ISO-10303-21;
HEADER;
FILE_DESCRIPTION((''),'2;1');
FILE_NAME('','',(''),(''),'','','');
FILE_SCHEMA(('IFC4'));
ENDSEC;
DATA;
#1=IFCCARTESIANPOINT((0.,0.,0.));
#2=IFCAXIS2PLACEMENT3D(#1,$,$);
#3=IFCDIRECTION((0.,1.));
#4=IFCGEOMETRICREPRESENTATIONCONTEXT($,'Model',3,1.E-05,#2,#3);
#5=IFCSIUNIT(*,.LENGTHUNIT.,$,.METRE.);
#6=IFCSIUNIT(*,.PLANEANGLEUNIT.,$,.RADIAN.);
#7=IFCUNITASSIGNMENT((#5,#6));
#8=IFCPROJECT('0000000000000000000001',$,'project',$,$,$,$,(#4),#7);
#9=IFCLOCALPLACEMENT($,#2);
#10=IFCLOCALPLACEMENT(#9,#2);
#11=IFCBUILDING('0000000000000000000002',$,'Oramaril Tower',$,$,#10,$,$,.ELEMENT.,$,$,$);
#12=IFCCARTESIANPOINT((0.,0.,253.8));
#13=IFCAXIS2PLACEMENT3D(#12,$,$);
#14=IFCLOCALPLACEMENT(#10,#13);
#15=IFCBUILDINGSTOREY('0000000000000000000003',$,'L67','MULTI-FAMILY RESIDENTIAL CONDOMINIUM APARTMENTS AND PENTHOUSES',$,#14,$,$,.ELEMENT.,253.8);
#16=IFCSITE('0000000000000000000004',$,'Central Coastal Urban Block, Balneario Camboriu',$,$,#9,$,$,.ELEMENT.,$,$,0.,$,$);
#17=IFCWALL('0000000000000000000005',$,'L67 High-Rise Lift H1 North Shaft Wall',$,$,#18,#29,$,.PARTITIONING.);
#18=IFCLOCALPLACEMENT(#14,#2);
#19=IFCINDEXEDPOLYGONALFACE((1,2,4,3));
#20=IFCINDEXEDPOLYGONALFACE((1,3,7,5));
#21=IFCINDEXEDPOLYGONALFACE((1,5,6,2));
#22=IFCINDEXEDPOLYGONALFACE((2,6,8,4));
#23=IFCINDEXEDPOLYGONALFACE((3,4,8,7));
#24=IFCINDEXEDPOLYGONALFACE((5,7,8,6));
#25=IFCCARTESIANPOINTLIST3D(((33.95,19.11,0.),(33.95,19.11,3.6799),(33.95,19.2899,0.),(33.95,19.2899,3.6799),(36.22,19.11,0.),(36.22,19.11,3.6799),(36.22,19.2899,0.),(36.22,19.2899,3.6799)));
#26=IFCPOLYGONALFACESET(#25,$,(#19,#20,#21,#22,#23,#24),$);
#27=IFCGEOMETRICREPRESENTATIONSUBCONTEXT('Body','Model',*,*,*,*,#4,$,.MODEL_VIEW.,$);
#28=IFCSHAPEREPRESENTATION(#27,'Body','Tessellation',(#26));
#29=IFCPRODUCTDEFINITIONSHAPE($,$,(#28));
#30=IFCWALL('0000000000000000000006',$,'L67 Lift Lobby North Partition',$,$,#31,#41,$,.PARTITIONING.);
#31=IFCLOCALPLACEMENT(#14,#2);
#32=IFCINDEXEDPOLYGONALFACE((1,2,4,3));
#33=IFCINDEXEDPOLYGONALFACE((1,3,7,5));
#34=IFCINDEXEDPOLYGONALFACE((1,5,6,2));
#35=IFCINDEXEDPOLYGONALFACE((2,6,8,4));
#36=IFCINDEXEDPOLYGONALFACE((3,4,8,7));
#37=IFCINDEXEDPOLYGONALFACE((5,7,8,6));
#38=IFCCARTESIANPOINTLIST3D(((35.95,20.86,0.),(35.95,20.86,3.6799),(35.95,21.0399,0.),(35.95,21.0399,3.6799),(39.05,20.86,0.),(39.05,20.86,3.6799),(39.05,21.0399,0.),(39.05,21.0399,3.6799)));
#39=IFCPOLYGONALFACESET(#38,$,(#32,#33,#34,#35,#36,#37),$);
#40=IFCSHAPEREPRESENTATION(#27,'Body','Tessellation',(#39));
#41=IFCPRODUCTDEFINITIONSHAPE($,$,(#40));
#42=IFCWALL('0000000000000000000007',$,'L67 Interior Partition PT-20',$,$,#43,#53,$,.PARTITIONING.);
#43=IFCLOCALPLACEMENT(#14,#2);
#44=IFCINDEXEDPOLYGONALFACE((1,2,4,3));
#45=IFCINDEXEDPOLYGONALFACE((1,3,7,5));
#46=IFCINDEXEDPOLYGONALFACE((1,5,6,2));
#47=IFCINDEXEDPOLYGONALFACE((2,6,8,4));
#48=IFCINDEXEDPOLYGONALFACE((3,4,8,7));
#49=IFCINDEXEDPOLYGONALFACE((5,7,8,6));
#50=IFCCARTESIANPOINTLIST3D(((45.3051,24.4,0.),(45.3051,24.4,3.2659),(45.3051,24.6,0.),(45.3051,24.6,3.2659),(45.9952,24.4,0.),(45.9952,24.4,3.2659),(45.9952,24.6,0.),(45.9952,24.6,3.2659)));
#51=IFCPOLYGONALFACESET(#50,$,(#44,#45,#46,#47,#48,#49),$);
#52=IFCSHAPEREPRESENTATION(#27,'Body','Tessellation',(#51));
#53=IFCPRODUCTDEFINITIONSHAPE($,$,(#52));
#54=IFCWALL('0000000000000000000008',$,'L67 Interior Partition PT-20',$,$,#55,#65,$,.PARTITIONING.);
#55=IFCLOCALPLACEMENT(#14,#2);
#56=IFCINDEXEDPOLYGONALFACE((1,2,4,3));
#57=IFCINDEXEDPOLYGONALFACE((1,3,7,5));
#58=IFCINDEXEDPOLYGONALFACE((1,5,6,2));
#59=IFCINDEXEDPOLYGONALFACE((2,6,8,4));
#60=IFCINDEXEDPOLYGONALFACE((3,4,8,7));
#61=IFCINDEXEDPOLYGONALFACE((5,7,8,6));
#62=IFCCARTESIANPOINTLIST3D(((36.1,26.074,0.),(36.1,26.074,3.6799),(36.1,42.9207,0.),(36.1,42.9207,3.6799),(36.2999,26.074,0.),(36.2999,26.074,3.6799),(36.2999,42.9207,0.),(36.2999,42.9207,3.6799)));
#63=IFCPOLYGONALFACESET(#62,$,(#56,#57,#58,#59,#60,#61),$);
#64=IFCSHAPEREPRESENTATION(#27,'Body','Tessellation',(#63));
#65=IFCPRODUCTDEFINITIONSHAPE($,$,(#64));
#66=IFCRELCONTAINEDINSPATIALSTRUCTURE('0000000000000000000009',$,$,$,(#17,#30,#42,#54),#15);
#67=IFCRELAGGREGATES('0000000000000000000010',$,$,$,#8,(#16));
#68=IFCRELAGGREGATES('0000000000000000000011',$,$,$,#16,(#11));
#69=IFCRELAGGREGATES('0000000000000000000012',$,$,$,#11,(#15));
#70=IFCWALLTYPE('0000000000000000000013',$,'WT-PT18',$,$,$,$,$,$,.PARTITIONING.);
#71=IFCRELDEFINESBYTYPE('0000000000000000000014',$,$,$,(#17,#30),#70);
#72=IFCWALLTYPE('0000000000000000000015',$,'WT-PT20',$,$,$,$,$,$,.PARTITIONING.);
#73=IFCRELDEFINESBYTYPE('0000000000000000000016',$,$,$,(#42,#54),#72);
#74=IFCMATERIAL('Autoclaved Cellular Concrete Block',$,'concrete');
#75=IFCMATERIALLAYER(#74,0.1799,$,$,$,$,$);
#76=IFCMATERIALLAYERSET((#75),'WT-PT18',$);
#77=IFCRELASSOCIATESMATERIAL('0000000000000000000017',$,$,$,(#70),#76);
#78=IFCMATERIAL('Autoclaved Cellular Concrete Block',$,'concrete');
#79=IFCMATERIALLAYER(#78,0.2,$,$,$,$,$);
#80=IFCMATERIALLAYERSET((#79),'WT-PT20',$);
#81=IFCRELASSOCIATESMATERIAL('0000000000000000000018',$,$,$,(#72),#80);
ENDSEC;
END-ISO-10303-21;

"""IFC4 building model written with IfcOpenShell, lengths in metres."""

from ifc_helpers import new_model, si_unit, direction, frame, frame_2d, origin, place, context, subcontext, project, spatial, rectangle, extrude, material, layer, layer_set, type_object, element, save


model = new_model("IFC4")

# Units and contexts
model_context = context("Model", 3, precision=1e-05, world=origin(), true_north=direction((0.0, 1.0)))
body_context = subcontext(model_context, "Body", "Model", "MODEL_VIEW")
ifc_project = project(units=[si_unit("LENGTHUNIT", "METRE"), si_unit("PLANEANGLEUNIT", "RADIAN")], contexts=[model_context])

# Site, building, storey
site_placement = place(None, origin())
site = spatial("IfcSite", under=ifc_project, at=site_placement, Name="Central Coastal Urban Block, Balneario Camboriu", CompositionType="ELEMENT", RefElevation=0.0)
building_placement = place(site_placement, origin())
building = spatial("IfcBuilding", under=site, at=building_placement, Name="Oramaril Tower", CompositionType="ELEMENT")
storey_placement = place(building_placement, frame((0.0, 0.0, 253.8)))
storey = spatial("IfcBuildingStorey", under=building, at=storey_placement, Name="L67", Description="MULTI-FAMILY RESIDENTIAL CONDOMINIUM APARTMENTS AND PENTHOUSES", CompositionType="ELEMENT", Elevation=253.8)

# Walls
ifc_material_1 = material(Name="Autoclaved Cellular Concrete Block", Category="concrete")
ifc_layer_1 = layer(ifc_material_1, 0.1799)
ifc_layer_set_1 = layer_set([ifc_layer_1], Name="WT-PT18")
wall_type_1 = type_object("IfcWallType", Name="WT-PT18", PredefinedType="PARTITIONING", material=ifc_layer_set_1)
wall_1_placement = place(storey_placement, frame((33.95, 19.2, 0.0), z_axis=(0.0, 0.0, 1.0), x_axis=(1.0, 0.0, 0.0)))
element("IfcWall", 1, at=wall_1_placement, inside=storey, type_object=wall_type_1, Name="L67 High-Rise Lift H1 North Shaft Wall", PredefinedType="PARTITIONING", context=body_context, shape_type="SweptSolid", body=[
    extrude(rectangle(XDim=2.27, YDim=0.1799, at=frame_2d((1.135, 0.0))), origin(), (0.0, 0.0, 1.0), 3.6799),
])
wall_2_placement = place(storey_placement, frame((35.95, 20.95, 0.0), z_axis=(0.0, 0.0, 1.0), x_axis=(1.0, 0.0, 0.0)))
element("IfcWall", 2, at=wall_2_placement, inside=storey, type_object=wall_type_1, Name="L67 Lift Lobby North Partition", PredefinedType="PARTITIONING", context=body_context, shape_type="SweptSolid", body=[
    extrude(rectangle(XDim=3.1001, YDim=0.1799, at=frame_2d((1.55, 0.0))), origin(), (0.0, 0.0, 1.0), 3.6799),
])
ifc_material_2 = material(Name="Autoclaved Cellular Concrete Block", Category="concrete")
ifc_layer_2 = layer(ifc_material_2, 0.2)
ifc_layer_set_2 = layer_set([ifc_layer_2], Name="WT-PT20")
wall_type_2 = type_object("IfcWallType", Name="WT-PT20", PredefinedType="PARTITIONING", material=ifc_layer_set_2)
wall_3_placement = place(storey_placement, frame((45.3049, 24.5, 0.0), z_axis=(0.0, 0.0, 1.0), x_axis=(1.0, 0.0, 0.0)))
element("IfcWall", 3, at=wall_3_placement, inside=storey, type_object=wall_type_2, Name="L67 Interior Partition PT-20", PredefinedType="PARTITIONING", context=body_context, shape_type="SweptSolid", body=[
    extrude(rectangle(XDim=0.6902, YDim=0.2, at=frame_2d((0.3452, 0.0))), origin(), (0.0, 0.0, 1.0), 3.2659),
])
wall_4_placement = place(storey_placement, frame((36.2, 26.074, 0.0), z_axis=(0.0, 0.0, 1.0), x_axis=(0.0, 1.0, 0.0)))
element("IfcWall", 4, at=wall_4_placement, inside=storey, type_object=wall_type_2, Name="L67 Interior Partition PT-20", PredefinedType="PARTITIONING", context=body_context, shape_type="SweptSolid", body=[
    extrude(rectangle(XDim=16.8467, YDim=0.2, at=frame_2d((8.4233, 0.0))), origin(), (0.0, 0.0, 1.0), 3.6799),
])

save(model, "model.ifc")
